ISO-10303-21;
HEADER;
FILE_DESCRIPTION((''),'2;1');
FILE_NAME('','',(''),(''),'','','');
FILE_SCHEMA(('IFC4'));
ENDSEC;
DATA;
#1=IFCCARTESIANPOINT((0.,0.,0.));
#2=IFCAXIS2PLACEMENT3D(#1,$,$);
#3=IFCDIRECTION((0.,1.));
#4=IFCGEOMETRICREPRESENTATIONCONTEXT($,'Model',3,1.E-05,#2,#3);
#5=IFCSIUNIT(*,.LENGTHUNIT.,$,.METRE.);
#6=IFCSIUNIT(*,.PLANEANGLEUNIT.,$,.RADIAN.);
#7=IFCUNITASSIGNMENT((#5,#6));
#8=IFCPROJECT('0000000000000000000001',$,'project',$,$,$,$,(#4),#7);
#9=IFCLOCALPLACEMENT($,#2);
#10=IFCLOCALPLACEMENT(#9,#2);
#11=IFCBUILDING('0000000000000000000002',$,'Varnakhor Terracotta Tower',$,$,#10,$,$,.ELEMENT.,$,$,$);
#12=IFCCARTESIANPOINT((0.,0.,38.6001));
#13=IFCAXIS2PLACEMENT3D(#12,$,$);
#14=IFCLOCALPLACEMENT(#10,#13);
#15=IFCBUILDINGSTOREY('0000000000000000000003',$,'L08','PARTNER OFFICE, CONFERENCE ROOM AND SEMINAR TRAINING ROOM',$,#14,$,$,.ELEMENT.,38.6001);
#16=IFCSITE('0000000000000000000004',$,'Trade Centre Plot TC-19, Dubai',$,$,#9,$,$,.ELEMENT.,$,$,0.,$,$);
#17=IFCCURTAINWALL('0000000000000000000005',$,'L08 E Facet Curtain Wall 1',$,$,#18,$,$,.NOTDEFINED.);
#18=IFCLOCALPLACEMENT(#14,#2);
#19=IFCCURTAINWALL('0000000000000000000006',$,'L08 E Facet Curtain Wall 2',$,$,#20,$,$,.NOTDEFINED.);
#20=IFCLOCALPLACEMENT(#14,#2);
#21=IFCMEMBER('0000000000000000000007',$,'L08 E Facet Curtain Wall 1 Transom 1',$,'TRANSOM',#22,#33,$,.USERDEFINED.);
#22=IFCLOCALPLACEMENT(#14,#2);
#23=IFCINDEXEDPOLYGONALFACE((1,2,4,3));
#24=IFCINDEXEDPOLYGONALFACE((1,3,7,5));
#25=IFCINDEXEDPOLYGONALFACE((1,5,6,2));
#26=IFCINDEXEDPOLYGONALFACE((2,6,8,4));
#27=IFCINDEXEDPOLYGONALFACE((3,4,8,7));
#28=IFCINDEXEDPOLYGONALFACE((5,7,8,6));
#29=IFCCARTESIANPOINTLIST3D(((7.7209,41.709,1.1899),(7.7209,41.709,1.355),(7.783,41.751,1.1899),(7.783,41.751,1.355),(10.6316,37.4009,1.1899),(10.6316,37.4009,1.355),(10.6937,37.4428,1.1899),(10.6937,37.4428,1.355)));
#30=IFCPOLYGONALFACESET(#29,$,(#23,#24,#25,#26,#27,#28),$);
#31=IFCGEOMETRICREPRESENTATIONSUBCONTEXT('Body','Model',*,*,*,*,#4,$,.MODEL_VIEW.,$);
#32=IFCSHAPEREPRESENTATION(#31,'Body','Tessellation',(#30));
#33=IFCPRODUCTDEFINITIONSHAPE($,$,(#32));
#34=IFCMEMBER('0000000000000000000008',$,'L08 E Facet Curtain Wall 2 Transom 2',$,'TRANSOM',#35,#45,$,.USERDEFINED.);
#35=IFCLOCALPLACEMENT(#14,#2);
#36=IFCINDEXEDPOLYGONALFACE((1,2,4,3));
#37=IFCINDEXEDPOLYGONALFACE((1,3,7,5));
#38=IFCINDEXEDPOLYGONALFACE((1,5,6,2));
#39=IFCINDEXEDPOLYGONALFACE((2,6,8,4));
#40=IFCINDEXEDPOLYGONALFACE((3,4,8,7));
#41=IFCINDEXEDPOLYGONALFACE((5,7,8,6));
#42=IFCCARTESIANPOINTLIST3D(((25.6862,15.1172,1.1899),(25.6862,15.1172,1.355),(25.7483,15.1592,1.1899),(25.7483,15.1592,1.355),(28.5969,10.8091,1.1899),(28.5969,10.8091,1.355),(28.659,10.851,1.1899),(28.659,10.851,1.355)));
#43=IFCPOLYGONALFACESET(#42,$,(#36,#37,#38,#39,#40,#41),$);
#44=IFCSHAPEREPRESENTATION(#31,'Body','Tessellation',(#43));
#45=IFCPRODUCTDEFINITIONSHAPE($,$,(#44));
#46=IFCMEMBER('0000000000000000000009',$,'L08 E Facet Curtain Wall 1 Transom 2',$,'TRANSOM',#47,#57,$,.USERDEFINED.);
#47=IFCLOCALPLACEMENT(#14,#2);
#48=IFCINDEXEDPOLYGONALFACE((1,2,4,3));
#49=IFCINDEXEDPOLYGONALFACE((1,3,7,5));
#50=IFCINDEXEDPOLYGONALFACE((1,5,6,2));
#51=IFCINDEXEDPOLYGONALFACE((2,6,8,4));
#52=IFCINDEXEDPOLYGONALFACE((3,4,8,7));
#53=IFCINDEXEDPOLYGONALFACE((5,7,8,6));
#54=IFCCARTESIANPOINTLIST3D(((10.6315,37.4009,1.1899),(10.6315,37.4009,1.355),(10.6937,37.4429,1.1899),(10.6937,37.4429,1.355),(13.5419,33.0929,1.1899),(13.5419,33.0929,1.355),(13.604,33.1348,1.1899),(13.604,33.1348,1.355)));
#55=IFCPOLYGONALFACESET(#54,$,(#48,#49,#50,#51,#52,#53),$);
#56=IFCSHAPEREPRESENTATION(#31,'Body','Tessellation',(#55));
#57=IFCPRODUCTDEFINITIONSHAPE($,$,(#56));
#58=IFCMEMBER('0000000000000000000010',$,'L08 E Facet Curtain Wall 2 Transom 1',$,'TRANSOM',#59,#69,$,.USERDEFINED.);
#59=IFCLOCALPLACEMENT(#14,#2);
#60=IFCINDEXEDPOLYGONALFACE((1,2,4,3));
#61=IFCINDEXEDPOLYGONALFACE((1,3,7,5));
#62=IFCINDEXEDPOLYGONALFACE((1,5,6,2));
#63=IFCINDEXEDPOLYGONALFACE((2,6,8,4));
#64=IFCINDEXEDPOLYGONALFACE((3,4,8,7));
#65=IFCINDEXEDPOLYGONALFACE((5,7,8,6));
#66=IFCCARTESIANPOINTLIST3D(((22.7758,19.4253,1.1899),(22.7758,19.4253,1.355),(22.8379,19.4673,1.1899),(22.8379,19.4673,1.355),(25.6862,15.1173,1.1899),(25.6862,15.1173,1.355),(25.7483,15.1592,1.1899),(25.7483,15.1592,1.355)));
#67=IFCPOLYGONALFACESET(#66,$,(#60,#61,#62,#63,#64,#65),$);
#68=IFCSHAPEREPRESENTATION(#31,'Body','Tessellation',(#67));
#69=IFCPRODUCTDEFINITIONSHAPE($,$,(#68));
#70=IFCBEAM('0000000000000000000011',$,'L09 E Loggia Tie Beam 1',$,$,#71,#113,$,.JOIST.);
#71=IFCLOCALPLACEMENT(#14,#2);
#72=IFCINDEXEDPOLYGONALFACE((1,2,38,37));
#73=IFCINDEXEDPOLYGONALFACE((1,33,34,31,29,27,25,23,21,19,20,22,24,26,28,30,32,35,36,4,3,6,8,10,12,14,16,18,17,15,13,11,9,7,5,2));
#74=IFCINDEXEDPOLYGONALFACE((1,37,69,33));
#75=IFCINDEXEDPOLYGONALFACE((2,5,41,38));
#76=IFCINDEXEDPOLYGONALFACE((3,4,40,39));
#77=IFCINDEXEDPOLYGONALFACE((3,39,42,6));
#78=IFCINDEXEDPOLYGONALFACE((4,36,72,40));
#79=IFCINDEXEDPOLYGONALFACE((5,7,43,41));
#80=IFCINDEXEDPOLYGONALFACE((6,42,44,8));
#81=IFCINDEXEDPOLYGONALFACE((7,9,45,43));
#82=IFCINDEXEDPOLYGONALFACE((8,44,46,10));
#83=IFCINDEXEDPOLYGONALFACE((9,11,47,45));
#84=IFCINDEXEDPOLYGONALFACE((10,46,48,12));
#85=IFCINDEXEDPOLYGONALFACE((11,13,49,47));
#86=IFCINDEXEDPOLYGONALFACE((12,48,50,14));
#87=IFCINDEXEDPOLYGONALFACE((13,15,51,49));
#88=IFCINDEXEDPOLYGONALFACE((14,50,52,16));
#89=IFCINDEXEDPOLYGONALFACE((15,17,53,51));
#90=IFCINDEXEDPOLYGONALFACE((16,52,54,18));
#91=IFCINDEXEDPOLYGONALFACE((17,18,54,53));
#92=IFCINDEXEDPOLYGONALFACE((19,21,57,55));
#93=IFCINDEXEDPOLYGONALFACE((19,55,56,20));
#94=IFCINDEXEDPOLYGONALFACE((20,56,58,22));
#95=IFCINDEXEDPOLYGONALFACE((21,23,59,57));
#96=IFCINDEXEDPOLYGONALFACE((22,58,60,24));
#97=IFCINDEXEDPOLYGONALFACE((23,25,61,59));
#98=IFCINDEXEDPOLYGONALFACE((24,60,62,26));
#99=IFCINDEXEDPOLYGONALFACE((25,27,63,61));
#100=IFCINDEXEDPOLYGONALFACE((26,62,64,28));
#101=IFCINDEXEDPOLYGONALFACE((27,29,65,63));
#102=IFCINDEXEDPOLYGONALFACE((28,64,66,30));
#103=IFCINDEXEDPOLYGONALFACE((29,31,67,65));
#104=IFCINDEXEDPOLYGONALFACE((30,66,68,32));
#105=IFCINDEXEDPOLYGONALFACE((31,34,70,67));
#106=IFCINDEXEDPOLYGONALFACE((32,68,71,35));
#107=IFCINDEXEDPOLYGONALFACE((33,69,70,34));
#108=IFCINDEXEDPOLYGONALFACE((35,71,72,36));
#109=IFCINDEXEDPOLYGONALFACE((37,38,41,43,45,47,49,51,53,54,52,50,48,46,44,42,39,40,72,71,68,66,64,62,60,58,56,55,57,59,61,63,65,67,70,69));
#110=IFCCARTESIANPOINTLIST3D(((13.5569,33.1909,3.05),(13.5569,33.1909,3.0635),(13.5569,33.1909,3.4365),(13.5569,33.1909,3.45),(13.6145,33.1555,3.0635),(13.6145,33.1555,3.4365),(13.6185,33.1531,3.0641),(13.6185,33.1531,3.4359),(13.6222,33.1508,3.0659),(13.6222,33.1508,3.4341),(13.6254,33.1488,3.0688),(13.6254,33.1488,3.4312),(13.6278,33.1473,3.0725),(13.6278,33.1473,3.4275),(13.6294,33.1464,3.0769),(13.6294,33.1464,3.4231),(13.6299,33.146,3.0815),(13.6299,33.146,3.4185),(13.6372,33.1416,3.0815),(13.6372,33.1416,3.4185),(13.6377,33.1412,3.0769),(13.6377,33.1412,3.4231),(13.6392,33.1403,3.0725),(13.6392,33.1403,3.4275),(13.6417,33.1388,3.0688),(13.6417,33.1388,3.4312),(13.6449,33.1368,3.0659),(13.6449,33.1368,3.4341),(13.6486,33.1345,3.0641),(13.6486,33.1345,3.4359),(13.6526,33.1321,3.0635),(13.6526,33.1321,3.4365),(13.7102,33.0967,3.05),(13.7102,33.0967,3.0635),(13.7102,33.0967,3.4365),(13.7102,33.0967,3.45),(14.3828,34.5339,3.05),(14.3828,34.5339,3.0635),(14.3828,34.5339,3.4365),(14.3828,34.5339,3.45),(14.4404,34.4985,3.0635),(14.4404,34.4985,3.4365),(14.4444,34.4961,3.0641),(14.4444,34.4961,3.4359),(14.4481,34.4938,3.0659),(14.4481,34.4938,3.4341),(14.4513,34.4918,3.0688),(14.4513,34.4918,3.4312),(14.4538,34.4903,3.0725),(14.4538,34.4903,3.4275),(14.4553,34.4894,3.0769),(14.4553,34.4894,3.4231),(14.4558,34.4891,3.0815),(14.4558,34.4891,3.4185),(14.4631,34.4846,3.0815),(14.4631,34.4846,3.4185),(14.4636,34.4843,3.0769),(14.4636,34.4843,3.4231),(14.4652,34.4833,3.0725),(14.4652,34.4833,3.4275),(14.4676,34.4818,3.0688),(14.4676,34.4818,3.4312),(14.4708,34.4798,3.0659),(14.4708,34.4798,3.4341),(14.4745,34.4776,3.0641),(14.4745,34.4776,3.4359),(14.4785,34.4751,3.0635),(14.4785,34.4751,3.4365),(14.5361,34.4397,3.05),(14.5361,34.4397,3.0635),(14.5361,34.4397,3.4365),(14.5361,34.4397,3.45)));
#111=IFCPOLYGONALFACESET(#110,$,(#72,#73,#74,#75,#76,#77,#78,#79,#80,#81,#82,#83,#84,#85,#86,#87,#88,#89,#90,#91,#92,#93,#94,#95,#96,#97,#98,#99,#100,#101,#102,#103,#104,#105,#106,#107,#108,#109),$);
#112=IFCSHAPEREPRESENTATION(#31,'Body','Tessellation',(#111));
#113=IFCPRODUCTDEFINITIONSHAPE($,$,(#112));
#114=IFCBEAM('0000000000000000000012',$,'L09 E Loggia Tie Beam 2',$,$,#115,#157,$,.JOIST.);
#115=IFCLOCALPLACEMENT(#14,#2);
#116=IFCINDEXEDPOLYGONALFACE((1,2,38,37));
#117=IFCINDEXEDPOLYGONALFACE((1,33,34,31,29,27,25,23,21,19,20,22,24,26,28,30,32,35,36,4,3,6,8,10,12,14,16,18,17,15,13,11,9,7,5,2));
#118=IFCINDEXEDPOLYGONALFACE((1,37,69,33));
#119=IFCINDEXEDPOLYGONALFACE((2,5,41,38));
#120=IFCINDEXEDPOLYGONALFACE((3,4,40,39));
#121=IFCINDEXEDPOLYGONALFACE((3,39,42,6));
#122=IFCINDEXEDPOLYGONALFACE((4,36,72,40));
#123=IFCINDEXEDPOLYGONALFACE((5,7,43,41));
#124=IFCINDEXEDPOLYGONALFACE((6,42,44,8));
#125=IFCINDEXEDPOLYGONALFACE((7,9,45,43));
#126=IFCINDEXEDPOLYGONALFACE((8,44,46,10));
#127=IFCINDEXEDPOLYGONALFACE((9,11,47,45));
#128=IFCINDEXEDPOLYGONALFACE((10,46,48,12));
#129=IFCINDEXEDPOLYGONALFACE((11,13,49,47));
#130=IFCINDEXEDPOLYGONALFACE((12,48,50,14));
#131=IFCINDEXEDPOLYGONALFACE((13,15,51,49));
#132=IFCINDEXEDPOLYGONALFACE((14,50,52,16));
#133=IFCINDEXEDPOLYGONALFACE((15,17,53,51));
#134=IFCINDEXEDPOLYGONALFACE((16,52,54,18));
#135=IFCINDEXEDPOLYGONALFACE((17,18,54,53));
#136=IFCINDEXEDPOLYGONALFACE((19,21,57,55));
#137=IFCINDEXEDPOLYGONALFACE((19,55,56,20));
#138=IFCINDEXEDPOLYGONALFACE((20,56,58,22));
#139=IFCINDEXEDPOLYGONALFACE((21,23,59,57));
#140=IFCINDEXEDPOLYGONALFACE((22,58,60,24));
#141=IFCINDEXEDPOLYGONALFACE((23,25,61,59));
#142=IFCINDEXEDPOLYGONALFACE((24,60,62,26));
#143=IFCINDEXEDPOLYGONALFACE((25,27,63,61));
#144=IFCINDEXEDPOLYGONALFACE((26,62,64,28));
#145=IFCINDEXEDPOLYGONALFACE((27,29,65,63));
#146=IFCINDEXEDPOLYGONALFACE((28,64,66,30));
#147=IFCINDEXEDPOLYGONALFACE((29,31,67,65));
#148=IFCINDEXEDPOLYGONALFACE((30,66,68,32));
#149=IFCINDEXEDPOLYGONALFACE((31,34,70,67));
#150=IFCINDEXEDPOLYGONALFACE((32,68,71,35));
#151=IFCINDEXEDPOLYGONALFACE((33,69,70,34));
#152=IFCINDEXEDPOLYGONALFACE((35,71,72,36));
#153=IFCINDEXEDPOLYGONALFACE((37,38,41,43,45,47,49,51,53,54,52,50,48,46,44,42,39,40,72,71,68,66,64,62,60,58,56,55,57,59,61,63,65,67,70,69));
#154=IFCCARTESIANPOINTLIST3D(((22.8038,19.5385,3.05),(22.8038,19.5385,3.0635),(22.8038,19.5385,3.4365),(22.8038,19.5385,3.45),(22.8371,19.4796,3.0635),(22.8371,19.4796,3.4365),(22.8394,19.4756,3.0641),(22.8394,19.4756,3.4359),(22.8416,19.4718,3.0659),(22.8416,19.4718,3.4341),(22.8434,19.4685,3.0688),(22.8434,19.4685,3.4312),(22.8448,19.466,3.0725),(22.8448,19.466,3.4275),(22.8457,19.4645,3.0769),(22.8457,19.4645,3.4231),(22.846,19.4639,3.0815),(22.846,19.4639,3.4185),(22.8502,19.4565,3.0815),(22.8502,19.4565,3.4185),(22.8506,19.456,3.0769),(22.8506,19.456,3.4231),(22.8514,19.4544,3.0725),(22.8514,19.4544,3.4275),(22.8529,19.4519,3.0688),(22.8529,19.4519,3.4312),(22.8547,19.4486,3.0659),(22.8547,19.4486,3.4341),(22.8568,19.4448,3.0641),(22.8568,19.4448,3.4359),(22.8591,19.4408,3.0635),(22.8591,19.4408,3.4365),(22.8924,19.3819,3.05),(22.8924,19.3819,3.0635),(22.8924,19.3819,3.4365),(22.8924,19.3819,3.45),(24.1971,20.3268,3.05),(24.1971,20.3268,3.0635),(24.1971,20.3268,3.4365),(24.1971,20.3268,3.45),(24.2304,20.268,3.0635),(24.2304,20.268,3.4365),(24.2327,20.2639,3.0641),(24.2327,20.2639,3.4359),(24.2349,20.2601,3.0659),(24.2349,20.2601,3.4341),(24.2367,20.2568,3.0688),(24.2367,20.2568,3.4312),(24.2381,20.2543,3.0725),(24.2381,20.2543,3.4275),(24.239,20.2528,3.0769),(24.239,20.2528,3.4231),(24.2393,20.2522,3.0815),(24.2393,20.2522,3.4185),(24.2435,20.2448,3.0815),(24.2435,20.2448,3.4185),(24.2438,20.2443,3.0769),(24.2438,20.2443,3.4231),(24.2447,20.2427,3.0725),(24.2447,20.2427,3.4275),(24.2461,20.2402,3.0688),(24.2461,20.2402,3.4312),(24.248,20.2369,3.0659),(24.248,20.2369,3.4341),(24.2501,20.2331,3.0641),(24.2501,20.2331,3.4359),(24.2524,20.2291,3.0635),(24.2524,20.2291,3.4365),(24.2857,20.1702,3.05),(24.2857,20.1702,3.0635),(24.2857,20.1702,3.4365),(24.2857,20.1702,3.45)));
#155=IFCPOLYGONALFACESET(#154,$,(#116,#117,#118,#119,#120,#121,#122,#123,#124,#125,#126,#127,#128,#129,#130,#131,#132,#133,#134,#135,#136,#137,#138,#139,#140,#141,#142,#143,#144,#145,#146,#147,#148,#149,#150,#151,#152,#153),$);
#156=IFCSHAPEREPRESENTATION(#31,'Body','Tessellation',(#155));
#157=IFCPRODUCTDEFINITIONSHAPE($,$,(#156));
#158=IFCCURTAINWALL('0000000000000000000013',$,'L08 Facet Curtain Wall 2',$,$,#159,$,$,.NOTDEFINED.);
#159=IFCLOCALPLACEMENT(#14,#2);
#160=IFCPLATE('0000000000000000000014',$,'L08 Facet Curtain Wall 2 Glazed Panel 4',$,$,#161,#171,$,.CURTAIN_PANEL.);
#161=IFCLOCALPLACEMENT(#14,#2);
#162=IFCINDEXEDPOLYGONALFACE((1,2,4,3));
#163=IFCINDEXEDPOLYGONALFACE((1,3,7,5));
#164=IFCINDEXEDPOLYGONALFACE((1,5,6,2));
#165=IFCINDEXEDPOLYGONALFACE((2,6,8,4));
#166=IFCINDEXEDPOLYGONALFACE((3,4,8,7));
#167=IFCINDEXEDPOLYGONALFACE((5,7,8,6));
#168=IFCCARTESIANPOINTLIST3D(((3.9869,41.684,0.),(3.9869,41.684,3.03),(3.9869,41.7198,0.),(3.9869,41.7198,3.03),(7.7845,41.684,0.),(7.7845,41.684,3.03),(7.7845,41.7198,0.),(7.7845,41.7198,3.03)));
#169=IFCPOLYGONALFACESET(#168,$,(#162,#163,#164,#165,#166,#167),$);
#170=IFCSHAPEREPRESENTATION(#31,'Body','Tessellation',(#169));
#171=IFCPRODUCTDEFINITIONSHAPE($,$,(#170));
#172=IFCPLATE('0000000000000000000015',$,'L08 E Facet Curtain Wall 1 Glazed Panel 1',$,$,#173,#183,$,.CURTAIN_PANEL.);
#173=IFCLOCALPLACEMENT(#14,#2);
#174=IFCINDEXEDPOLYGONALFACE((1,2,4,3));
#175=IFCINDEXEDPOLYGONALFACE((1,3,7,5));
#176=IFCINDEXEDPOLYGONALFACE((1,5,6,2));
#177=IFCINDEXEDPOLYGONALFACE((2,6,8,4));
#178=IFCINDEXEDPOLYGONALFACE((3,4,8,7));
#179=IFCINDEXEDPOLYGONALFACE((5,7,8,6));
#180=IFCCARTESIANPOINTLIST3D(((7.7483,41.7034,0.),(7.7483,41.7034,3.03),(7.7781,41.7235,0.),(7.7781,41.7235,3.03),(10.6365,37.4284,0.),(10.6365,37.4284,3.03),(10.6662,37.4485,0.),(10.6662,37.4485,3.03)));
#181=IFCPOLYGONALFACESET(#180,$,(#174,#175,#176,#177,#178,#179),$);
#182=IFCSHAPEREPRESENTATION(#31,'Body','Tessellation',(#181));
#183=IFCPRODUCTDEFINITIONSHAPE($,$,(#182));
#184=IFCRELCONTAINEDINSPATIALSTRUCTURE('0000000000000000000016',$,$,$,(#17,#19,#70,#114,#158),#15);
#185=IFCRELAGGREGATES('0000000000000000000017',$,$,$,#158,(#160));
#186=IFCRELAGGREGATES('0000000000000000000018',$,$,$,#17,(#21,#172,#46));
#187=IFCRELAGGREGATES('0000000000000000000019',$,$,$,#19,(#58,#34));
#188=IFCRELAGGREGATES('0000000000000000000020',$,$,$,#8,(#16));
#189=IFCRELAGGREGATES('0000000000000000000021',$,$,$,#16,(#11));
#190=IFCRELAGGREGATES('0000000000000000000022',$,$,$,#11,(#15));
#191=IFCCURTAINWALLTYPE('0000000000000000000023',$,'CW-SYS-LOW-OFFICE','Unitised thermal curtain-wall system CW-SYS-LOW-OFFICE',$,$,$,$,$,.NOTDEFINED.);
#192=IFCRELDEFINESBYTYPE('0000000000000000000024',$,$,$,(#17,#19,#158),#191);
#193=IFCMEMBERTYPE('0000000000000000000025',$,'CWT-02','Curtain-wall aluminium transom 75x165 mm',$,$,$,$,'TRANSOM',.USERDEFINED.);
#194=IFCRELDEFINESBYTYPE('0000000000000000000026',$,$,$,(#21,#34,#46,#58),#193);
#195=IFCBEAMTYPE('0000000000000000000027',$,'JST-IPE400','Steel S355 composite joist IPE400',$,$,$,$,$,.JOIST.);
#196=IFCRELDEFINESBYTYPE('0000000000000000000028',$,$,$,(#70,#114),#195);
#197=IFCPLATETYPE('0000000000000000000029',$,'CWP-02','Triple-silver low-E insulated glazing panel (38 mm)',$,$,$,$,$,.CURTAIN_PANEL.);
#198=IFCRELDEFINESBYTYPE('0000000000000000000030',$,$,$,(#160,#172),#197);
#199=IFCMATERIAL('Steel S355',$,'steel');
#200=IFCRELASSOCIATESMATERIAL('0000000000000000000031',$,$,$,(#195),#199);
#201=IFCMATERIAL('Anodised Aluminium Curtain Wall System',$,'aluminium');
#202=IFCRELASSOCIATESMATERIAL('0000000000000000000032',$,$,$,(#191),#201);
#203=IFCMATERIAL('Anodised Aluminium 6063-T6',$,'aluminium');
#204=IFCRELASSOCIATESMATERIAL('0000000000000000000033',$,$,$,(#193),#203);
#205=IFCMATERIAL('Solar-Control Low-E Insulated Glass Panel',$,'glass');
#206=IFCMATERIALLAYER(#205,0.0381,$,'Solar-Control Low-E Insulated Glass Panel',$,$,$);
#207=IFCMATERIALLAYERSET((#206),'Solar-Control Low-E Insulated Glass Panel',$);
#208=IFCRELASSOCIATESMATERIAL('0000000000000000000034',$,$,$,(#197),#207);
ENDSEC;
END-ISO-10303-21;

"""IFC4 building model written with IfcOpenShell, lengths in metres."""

from ifc_helpers import new_model, si_unit, direction, frame, origin, origin_2d, place, context, subcontext, project, spatial, rectangle, i_section, extrude, source, transform, mapped, material, layer, layer_set, material_profile, profile_set, type_object, element, aggregate, save


model = new_model("IFC4")

# Units and contexts
model_context = context("Model", 3, precision=1e-05, world=origin(), true_north=direction((0.0, 1.0)))
body_context = subcontext(model_context, "Body", "Model", "MODEL_VIEW")
ifc_project = project(units=[si_unit("LENGTHUNIT", "METRE"), si_unit("PLANEANGLEUNIT", "RADIAN")], contexts=[model_context])

# Site, building, storey
site_placement = place(None, origin())
site = spatial("IfcSite", under=ifc_project, at=site_placement, Name="Trade Centre Plot TC-19, Dubai", CompositionType="ELEMENT", RefElevation=0.0)
building_placement = place(site_placement, origin())
building = spatial("IfcBuilding", under=site, at=building_placement, Name="Varnakhor Terracotta Tower", CompositionType="ELEMENT")
storey_placement = place(building_placement, frame((0.0, 0.0, 38.6001)))
storey = spatial("IfcBuildingStorey", under=building, at=storey_placement, Name="L08", Description="PARTNER OFFICE, CONFERENCE ROOM AND SEMINAR TRAINING ROOM", CompositionType="ELEMENT", Elevation=38.6001)

# Shared definitions
ifc_material_1 = material(Name="Steel S355", Category="steel")
ifc_material_profile_1 = material_profile(ifc_material_1, i_section(OverallWidth=0.1799, OverallDepth=0.3999, WebThickness=0.0085, FlangeThickness=0.0134, FilletRadius=0.0181, at=origin_2d()), Name="IPE400")
ifc_profile_set_1 = profile_set([ifc_material_profile_1], Name="Steel S355")
beam_type_1 = type_object("IfcBeamType", Name="JST-IPE400", Description="Steel S355 composite joist IPE400", PredefinedType="JOIST", material=ifc_profile_set_1)

# Curtain walls
ifc_material_2 = material(Name="Anodised Aluminium Curtain Wall System", Category="aluminium")
curtain_wall_type = type_object("IfcCurtainWallType", Name="CW-SYS-LOW-OFFICE", Description="Unitised thermal curtain-wall system CW-SYS-LOW-OFFICE", PredefinedType="NOTDEFINED", material=ifc_material_2)
curtain_wall_1_placement = place(storey_placement, origin())
curtain_wall_1 = element("IfcCurtainWall", 1, at=curtain_wall_1_placement, inside=storey, type_object=curtain_wall_type, Name="L08 E Facet Curtain Wall 1", PredefinedType="NOTDEFINED")
ifc_material_3 = material(Name="Anodised Aluminium 6063-T6", Category="aluminium")
curtain_wall_2_placement = place(storey_placement, origin())
curtain_wall_2 = element("IfcCurtainWall", 2, at=curtain_wall_2_placement, inside=storey, type_object=curtain_wall_type, Name="L08 E Facet Curtain Wall 2", PredefinedType="NOTDEFINED")

# Members
ifc_material_profile_2 = material_profile(ifc_material_3, rectangle(XDim=0.075, YDim=0.165, at=origin_2d()), Name="ALU TRANSOM 75x165")
ifc_profile_set_2 = profile_set([ifc_material_profile_2], Name="Anodised Aluminium 6063-T6")
member_type_1 = type_object("IfcMemberType", Name="CWT-02", Description="Curtain-wall aluminium transom 75x165 mm", ElementType="TRANSOM", PredefinedType="USERDEFINED", material=ifc_profile_set_2)
shared_shape_1 = source(origin(), body_context, "Body", "SweptSolid", [
    extrude(rectangle(XDim=0.075, YDim=0.165, at=origin_2d()), origin(), (0.0, 0.0, 1.0), 5.1992),
])
member_1_placement = place(storey_placement, frame((7.752, 41.73, 1.2725), z_axis=(0.559826, -0.82861, 0.0), x_axis=(0.82861, 0.559826, 0.0)))
member_1 = element("IfcMember", 3, at=member_1_placement, type_object=member_type_1, Name="L08 E Facet Curtain Wall 1 Transom 1", ObjectType="TRANSOM", PredefinedType="USERDEFINED", context=body_context, shape_type="MappedRepresentation", body=[
    mapped(shared_shape_1, transform((0.0, 0.0, 0.0), scale=1.0)),
])
member_2_placement = place(storey_placement, frame((25.7173, 15.1382, 1.2725), z_axis=(0.559826, -0.82861, 0.0), x_axis=(0.82861, 0.559826, 0.0)))
member_2 = element("IfcMember", 4, at=member_2_placement, type_object=member_type_1, Name="L08 E Facet Curtain Wall 2 Transom 2", ObjectType="TRANSOM", PredefinedType="USERDEFINED", context=body_context, shape_type="MappedRepresentation", body=[
    mapped(shared_shape_1, transform((0.0, 0.0, 0.0), scale=1.0)),
])
shared_shape_2 = source(origin(), body_context, "Body", "SweptSolid", [
    extrude(rectangle(XDim=0.075, YDim=0.165, at=origin_2d()), origin(), (0.0, 0.0, 1.0), 5.199),
])
member_3_placement = place(storey_placement, frame((10.6626, 37.4219, 1.2725), z_axis=(0.559794, -0.828632, 0.0), x_axis=(0.828632, 0.559794, 0.0)))
member_3 = element("IfcMember", 5, at=member_3_placement, type_object=member_type_1, Name="L08 E Facet Curtain Wall 1 Transom 2", ObjectType="TRANSOM", PredefinedType="USERDEFINED", context=body_context, shape_type="MappedRepresentation", body=[
    mapped(shared_shape_2, transform((0.0, 0.0, 0.0), scale=1.0)),
])
member_4_placement = place(storey_placement, frame((22.8069, 19.4463, 1.2725), z_axis=(0.559794, -0.828632, 0.0), x_axis=(0.828632, 0.559794, 0.0)))
member_4 = element("IfcMember", 6, at=member_4_placement, type_object=member_type_1, Name="L08 E Facet Curtain Wall 2 Transom 1", ObjectType="TRANSOM", PredefinedType="USERDEFINED", context=body_context, shape_type="MappedRepresentation", body=[
    mapped(shared_shape_2, transform((0.0, 0.0, 0.0), scale=1.0)),
])

# Beams
shared_shape_3 = source(origin(), body_context, "Body", "SweptSolid", [
    extrude(i_section(OverallWidth=0.1799, OverallDepth=0.3999, WebThickness=0.0085, FlangeThickness=0.0134, FilletRadius=0.0181, at=origin_2d()), origin(), (0.0, 0.0, 1.0), 1.5767),
])
beam_1_placement = place(storey_placement, frame((13.6335, 33.1438, 3.25), z_axis=(0.523847, 0.851812, 0.0), x_axis=(-0.851812, 0.523847, 0.0)))
element("IfcBeam", 7, at=beam_1_placement, inside=storey, type_object=beam_type_1, Name="L09 E Loggia Tie Beam 1", PredefinedType="JOIST", context=body_context, shape_type="MappedRepresentation", body=[
    mapped(shared_shape_3, transform((0.0, 0.0, 0.0), scale=1.0)),
])
shared_shape_4 = source(origin(), body_context, "Body", "SweptSolid", [
    extrude(i_section(OverallWidth=0.1799, OverallDepth=0.3999, WebThickness=0.0085, FlangeThickness=0.0134, FilletRadius=0.0181, at=origin_2d()), origin(), (0.0, 0.0, 1.0), 1.6008),
])
beam_2_placement = place(storey_placement, frame((22.8481, 19.4602, 3.25), z_axis=(0.870347, 0.492439, 0.0), x_axis=(-0.492439, 0.870347, 0.0)))
element("IfcBeam", 8, at=beam_2_placement, inside=storey, type_object=beam_type_1, Name="L09 E Loggia Tie Beam 2", PredefinedType="JOIST", context=body_context, shape_type="MappedRepresentation", body=[
    mapped(shared_shape_4, transform((0.0, 0.0, 0.0), scale=1.0)),
])

# Curtain wall, plate
curtain_wall_3_placement = place(storey_placement, origin())
curtain_wall_3 = element("IfcCurtainWall", 9, at=curtain_wall_3_placement, inside=storey, type_object=curtain_wall_type, Name="L08 Facet Curtain Wall 2", PredefinedType="NOTDEFINED")
ifc_material_4 = material(Name="Solar-Control Low-E Insulated Glass Panel", Category="glass")
ifc_layer_1 = layer(ifc_material_4, 0.0381, Name="Solar-Control Low-E Insulated Glass Panel")
ifc_layer_set_1 = layer_set([ifc_layer_1], Name="Solar-Control Low-E Insulated Glass Panel")
plate_type = type_object("IfcPlateType", Name="CWP-02", Description="Triple-silver low-E insulated glazing panel (38 mm)", PredefinedType="CURTAIN_PANEL", material=ifc_layer_set_1)
shared_shape_5 = source(origin(), body_context, "Body", "SweptSolid", [
    extrude(rectangle(XDim=3.7976, YDim=0.0359, at=origin_2d()), origin(), (0.0, 0.0, 1.0), 3.03),
])
plate_1_placement = place(storey_placement, frame((5.8857, 41.7019, 0.0), z_axis=(0.0, 0.0, 1.0), x_axis=(1.0, 0.0, 0.0)))
plate_1 = element("IfcPlate", 10, at=plate_1_placement, type_object=plate_type, Name="L08 Facet Curtain Wall 2 Glazed Panel 4", PredefinedType="CURTAIN_PANEL", context=body_context, shape_type="MappedRepresentation", body=[
    mapped(shared_shape_5, transform((0.0, 0.0, 0.0), scale=1.0)),
])
aggregate(curtain_wall_3, [plate_1])

# Plate
shared_shape_6 = source(origin(), body_context, "Body", "SweptSolid", [
    extrude(rectangle(XDim=5.1592, YDim=0.0359, at=origin_2d()), origin(), (0.0, 0.0, 1.0), 3.03),
])
plate_2_placement = place(storey_placement, frame((9.2073, 39.5759, 0.0), z_axis=(0.0, 0.0, 1.0), x_axis=(0.559815, -0.828618, 0.0)))
plate_2 = element("IfcPlate", 11, at=plate_2_placement, type_object=plate_type, Name="L08 E Facet Curtain Wall 1 Glazed Panel 1", PredefinedType="CURTAIN_PANEL", context=body_context, shape_type="MappedRepresentation", body=[
    mapped(shared_shape_6, transform((0.0, 0.0, 0.0), scale=1.0)),
])
aggregate(curtain_wall_1, [member_1, plate_2, member_3])
aggregate(curtain_wall_2, [member_4, member_2])

save(model, "model.ifc")
